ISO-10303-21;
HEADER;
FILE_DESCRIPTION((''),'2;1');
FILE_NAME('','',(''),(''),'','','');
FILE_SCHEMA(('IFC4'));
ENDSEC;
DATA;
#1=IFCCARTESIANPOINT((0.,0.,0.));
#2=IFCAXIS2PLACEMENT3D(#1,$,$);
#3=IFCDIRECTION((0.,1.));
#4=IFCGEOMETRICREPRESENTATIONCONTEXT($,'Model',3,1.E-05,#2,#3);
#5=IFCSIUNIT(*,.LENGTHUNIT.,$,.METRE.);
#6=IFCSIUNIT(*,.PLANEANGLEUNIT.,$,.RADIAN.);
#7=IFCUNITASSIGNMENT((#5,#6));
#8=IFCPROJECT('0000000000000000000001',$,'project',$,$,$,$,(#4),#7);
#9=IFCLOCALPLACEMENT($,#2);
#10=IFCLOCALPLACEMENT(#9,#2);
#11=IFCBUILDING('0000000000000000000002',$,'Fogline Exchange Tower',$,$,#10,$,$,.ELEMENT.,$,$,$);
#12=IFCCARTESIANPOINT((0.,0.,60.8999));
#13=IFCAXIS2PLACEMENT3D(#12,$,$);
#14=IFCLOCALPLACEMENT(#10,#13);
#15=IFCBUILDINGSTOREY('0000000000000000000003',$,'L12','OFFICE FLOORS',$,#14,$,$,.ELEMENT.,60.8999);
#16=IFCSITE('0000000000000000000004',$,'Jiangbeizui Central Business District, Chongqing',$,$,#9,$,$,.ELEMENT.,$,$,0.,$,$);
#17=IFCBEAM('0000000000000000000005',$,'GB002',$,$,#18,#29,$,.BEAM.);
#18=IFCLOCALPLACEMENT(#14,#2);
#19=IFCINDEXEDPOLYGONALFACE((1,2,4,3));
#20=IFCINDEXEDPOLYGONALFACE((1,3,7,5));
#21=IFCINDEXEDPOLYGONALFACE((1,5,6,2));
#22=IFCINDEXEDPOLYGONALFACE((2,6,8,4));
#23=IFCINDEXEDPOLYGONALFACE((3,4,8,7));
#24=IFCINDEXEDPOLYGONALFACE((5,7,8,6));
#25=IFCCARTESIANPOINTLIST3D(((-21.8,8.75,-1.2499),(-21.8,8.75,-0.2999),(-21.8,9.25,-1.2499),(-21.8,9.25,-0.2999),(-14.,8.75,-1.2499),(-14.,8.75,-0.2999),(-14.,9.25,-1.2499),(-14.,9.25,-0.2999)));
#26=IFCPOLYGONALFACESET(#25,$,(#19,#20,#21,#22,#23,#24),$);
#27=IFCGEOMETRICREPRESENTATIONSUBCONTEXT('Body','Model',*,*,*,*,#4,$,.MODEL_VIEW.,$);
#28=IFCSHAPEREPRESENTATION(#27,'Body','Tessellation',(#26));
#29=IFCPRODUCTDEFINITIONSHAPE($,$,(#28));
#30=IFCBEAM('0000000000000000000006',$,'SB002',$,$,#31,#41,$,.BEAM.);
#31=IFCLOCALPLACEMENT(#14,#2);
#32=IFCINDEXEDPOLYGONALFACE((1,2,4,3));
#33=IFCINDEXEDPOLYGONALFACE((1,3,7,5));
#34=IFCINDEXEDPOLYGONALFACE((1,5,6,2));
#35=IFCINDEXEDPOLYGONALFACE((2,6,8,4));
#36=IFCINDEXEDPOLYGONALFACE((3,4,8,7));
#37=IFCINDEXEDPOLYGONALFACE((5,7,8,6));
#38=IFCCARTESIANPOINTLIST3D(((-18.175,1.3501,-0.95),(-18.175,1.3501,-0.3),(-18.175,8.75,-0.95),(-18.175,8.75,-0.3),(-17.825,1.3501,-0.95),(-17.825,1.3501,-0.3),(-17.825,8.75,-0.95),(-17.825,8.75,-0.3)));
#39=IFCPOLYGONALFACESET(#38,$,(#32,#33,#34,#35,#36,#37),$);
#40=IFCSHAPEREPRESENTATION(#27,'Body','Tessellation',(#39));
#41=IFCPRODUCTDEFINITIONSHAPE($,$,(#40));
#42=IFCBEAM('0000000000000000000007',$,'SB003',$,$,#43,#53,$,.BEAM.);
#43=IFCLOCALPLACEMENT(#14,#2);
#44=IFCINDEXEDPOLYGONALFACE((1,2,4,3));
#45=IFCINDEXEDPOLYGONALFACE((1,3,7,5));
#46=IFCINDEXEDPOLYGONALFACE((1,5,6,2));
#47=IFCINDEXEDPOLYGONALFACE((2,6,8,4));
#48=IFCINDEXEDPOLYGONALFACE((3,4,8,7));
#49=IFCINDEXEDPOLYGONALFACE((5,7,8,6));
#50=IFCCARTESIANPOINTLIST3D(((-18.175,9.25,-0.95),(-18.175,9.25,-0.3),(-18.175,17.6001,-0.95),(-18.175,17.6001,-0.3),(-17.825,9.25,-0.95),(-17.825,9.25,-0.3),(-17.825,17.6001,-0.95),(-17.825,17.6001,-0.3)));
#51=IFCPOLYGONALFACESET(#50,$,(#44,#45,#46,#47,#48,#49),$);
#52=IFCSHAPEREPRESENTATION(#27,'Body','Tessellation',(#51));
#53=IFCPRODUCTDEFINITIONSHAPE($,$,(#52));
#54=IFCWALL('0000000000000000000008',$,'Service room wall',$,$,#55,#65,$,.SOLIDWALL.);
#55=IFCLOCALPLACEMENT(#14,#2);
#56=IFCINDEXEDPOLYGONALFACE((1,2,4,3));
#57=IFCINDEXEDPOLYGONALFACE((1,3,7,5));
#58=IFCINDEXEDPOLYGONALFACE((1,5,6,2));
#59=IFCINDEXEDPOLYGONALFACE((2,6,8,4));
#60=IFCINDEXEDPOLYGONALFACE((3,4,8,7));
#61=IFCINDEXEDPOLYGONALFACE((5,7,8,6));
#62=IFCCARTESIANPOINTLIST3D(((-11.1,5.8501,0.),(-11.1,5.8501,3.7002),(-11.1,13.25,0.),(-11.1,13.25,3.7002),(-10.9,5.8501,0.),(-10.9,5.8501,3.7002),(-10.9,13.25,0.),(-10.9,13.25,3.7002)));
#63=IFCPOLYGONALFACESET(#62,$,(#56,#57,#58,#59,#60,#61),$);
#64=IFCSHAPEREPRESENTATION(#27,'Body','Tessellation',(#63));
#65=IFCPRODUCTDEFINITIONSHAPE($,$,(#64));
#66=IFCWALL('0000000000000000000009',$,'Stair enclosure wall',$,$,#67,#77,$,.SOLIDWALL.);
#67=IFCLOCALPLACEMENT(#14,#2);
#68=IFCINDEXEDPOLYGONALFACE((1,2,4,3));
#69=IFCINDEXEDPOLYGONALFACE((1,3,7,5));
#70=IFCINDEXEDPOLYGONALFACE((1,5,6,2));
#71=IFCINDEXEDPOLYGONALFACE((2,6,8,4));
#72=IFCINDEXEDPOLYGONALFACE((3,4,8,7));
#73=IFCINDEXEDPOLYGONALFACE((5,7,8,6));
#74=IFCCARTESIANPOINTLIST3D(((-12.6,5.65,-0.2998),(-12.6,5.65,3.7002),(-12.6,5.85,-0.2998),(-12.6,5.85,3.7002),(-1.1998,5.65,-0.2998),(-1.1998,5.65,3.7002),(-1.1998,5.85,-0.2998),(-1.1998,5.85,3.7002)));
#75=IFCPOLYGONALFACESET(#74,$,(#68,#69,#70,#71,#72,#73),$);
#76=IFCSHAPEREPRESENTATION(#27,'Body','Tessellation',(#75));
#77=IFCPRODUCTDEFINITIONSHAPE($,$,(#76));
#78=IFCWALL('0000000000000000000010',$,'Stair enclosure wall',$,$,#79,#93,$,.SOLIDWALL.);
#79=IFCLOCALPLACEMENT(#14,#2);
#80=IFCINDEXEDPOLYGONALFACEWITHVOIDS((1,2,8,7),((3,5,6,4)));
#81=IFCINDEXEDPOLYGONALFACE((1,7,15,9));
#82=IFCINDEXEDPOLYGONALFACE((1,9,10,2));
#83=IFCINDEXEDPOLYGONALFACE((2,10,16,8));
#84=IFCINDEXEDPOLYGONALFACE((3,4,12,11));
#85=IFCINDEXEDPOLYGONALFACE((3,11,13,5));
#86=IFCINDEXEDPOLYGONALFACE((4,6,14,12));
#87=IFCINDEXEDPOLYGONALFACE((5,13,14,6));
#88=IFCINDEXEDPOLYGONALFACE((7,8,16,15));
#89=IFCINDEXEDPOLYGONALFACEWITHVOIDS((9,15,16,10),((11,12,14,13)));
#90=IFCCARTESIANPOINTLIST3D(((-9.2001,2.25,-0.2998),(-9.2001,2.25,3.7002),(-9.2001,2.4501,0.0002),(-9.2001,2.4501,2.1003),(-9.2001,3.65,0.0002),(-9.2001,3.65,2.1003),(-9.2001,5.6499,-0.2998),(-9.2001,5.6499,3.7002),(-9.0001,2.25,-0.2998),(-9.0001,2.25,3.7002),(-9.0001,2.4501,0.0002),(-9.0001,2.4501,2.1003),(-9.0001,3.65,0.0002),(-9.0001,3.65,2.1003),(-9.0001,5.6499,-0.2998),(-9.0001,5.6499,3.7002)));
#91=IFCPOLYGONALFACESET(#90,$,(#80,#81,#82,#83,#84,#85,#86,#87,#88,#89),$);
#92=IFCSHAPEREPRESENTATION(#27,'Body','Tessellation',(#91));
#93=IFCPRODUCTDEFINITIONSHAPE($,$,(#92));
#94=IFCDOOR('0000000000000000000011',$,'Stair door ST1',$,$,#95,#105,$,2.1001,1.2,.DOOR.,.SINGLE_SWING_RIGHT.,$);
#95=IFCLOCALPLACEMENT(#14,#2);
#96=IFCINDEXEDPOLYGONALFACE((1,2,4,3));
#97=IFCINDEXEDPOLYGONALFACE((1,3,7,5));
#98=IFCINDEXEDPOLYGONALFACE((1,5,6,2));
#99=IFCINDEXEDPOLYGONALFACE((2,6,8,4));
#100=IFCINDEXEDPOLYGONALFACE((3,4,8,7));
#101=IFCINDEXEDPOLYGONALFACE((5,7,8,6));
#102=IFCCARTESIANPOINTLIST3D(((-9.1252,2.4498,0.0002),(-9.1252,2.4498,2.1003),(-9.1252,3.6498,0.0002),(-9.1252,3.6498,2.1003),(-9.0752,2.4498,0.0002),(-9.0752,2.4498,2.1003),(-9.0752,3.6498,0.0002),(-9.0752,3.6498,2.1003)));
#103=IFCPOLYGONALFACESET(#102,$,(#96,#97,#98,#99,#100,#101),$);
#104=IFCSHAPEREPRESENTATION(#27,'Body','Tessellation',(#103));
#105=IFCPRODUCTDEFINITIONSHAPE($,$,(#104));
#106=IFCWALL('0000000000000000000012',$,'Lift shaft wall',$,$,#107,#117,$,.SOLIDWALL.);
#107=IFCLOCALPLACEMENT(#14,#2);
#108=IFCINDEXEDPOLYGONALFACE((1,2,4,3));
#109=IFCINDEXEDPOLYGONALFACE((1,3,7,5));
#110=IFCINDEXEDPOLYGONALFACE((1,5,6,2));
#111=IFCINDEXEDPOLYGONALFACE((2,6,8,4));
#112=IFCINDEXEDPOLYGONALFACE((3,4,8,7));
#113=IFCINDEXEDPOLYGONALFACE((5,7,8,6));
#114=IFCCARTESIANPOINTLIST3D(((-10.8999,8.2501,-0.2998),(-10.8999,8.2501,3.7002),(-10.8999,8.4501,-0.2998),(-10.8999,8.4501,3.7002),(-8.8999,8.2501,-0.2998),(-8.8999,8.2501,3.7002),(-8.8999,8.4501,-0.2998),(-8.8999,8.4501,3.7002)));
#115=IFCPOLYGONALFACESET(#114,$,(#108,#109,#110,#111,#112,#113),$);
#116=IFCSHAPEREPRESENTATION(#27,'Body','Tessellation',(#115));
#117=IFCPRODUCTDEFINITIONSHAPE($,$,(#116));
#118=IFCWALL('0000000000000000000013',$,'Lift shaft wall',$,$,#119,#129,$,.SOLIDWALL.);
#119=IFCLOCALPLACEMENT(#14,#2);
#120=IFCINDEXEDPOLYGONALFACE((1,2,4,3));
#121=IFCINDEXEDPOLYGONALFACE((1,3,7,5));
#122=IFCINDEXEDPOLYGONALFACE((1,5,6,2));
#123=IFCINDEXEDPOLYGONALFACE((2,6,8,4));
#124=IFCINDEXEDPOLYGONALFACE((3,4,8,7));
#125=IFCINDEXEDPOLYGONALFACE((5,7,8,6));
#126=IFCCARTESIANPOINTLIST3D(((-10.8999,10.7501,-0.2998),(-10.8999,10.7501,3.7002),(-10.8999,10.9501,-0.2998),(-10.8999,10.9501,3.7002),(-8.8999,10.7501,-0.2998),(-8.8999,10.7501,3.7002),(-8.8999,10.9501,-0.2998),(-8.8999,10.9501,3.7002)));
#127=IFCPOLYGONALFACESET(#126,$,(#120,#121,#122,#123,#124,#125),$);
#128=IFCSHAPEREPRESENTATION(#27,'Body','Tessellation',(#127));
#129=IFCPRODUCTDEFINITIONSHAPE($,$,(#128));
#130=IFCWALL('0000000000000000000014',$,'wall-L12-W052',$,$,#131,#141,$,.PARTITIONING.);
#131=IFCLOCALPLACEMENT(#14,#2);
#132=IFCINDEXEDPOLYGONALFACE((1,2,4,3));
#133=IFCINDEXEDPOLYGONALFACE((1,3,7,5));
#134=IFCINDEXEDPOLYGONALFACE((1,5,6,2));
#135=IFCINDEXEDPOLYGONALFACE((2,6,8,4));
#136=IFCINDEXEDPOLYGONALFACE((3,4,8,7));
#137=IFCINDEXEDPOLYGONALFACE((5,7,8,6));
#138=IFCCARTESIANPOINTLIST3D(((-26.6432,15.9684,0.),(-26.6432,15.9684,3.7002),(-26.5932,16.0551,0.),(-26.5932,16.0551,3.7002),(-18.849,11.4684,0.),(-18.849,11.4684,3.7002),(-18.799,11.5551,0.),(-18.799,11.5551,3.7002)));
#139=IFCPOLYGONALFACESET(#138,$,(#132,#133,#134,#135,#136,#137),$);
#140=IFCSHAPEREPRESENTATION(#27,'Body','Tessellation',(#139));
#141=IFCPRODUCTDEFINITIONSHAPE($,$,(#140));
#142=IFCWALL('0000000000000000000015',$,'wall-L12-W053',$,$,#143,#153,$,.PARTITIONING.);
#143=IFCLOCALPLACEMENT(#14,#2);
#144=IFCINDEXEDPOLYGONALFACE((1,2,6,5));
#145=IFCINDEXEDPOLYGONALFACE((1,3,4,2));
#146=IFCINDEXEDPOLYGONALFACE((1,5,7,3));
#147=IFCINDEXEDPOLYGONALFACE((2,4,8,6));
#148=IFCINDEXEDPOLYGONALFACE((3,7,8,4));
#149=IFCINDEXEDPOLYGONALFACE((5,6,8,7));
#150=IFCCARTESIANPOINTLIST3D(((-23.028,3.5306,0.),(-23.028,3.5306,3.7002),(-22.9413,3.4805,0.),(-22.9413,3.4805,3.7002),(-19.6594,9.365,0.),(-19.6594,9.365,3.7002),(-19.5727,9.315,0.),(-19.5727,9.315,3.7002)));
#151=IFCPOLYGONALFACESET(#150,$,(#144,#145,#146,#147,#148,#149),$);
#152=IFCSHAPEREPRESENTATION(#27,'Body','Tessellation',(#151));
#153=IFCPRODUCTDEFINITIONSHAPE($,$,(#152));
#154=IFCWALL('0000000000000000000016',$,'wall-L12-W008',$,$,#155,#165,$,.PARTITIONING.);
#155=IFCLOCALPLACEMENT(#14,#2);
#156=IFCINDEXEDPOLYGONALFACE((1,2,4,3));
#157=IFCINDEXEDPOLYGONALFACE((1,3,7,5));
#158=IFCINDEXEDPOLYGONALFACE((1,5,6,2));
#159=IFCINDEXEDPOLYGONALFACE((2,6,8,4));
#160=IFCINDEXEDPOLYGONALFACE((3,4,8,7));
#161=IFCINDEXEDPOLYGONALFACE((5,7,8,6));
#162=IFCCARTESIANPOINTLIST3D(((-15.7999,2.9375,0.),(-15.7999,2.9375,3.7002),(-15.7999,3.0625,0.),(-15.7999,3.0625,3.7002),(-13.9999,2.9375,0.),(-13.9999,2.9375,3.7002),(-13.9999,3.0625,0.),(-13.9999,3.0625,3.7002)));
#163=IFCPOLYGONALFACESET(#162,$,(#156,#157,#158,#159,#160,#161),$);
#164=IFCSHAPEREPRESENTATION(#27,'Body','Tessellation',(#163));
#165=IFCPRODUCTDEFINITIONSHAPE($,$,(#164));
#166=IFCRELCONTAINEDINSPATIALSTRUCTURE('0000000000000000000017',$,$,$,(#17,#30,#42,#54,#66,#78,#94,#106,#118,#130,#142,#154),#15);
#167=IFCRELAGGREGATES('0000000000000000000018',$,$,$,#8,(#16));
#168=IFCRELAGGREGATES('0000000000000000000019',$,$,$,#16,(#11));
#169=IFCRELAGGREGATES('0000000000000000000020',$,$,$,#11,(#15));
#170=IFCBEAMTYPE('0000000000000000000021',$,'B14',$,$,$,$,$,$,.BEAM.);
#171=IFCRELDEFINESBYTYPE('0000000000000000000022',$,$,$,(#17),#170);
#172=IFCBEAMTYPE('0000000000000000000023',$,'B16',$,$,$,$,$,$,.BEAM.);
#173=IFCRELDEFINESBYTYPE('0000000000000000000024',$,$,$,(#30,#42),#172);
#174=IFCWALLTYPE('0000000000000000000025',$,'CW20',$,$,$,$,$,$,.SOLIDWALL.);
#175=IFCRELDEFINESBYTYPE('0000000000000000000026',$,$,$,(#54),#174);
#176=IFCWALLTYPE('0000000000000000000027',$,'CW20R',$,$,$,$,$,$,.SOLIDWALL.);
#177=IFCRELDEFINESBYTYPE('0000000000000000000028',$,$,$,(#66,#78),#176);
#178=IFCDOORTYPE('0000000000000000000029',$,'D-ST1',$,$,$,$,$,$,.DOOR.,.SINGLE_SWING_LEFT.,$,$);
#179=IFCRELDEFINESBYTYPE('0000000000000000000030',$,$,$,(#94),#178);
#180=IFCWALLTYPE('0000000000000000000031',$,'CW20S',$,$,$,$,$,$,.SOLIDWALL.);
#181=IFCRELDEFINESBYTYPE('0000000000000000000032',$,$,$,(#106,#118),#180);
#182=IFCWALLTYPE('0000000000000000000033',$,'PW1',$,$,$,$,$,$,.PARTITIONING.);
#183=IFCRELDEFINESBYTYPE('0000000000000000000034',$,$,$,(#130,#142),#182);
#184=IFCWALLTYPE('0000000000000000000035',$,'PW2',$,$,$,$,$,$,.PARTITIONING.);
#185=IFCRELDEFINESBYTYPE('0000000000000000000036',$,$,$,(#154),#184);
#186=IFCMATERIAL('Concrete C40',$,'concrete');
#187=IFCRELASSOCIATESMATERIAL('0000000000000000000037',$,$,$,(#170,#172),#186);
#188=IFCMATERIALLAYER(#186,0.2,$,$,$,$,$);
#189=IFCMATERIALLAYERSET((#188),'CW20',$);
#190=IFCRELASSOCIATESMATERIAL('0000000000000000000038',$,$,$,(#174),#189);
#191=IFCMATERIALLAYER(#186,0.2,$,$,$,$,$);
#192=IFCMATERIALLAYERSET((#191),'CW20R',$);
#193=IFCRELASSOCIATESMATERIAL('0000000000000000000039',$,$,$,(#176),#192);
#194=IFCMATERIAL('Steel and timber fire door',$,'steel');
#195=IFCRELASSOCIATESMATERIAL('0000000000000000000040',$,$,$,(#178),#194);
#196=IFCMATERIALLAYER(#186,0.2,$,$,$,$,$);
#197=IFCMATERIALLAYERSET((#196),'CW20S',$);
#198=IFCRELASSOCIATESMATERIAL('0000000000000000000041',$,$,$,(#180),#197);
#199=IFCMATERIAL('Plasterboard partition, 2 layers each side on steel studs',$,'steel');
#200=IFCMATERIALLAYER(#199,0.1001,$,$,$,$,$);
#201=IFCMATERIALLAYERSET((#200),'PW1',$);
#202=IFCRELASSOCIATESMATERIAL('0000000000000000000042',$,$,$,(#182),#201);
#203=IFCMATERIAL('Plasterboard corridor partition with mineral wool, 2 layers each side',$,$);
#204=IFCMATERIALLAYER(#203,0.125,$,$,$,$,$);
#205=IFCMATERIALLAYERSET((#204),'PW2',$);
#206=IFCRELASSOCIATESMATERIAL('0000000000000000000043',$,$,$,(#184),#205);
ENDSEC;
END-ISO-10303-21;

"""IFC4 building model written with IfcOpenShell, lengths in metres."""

from ifc_helpers import new_model, si_unit, direction, frame, frame_2d, origin, origin_2d, place, context, subcontext, project, spatial, rectangle, extrude, material, layer, layer_set, material_profile, profile_set, type_object, element, fill, save


model = new_model("IFC4")

# Units and contexts
model_context = context("Model", 3, precision=1e-05, world=origin(), true_north=direction((0.0, 1.0)))
body_context = subcontext(model_context, "Body", "Model", "MODEL_VIEW")
ifc_project = project(units=[si_unit("LENGTHUNIT", "METRE"), si_unit("PLANEANGLEUNIT", "RADIAN")], contexts=[model_context])

# Site, building, storey
site_placement = place(None, origin())
site = spatial("IfcSite", under=ifc_project, at=site_placement, Name="Jiangbeizui Central Business District, Chongqing", CompositionType="ELEMENT", RefElevation=0.0)
building_placement = place(site_placement, origin())
building = spatial("IfcBuilding", under=site, at=building_placement, Name="Fogline Exchange Tower", CompositionType="ELEMENT")
storey_placement = place(building_placement, frame((0.0, 0.0, 60.8999)))
storey = spatial("IfcBuildingStorey", under=building, at=storey_placement, Name="L12", Description="OFFICE FLOORS", CompositionType="ELEMENT", Elevation=60.8999)

# Beams
ifc_material_1 = material(Name="Concrete C40", Category="concrete")
ifc_material_profile_1 = material_profile(ifc_material_1, rectangle(XDim=0.5, YDim=0.95, at=origin_2d()), Name="RC 500x950")
ifc_profile_set_1 = profile_set([ifc_material_profile_1], Name="Concrete C40")
beam_type_1 = type_object("IfcBeamType", Name="B14", PredefinedType="BEAM", material=ifc_profile_set_1)
beam_1_placement = place(storey_placement, frame((-21.8, 9.0, -0.7749), z_axis=(1.0, 0.0, 0.0), x_axis=(0.0, 1.0, 0.0)))
element("IfcBeam", 1, at=beam_1_placement, inside=storey, type_object=beam_type_1, Name="GB002", PredefinedType="BEAM", context=body_context, shape_type="SweptSolid", body=[
    extrude(rectangle(XDim=0.5, YDim=0.95, at=origin_2d()), origin(), (0.0, 0.0, 1.0), 7.8),
])
ifc_material_profile_2 = material_profile(ifc_material_1, rectangle(XDim=0.3501, YDim=0.6499, at=origin_2d()), Name="RC 350x650")
ifc_profile_set_2 = profile_set([ifc_material_profile_2], Name="Concrete C40")
beam_type_2 = type_object("IfcBeamType", Name="B16", PredefinedType="BEAM", material=ifc_profile_set_2)
beam_2_placement = place(storey_placement, frame((-18.0, 1.3501, -0.625), z_axis=(0.0, 1.0, 0.0), x_axis=(-1.0, 0.0, 0.0)))
element("IfcBeam", 2, at=beam_2_placement, inside=storey, type_object=beam_type_2, Name="SB002", PredefinedType="BEAM", context=body_context, shape_type="SweptSolid", body=[
    extrude(rectangle(XDim=0.3501, YDim=0.6499, at=origin_2d()), origin(), (0.0, 0.0, 1.0), 7.3999),
])
beam_3_placement = place(storey_placement, frame((-18.0, 9.25, -0.625), z_axis=(0.0, 1.0, 0.0), x_axis=(-1.0, 0.0, 0.0)))
element("IfcBeam", 3, at=beam_3_placement, inside=storey, type_object=beam_type_2, Name="SB003", PredefinedType="BEAM", context=body_context, shape_type="SweptSolid", body=[
    extrude(rectangle(XDim=0.3501, YDim=0.6499, at=origin_2d()), origin(), (0.0, 0.0, 1.0), 8.3501),
])

# Walls
ifc_layer_1 = layer(ifc_material_1, 0.2)
ifc_layer_set_1 = layer_set([ifc_layer_1], Name="CW20")
wall_type_1 = type_object("IfcWallType", Name="CW20", PredefinedType="SOLIDWALL", material=ifc_layer_set_1)
wall_1_placement = place(storey_placement, frame((-11.0, 5.8501, 0.0), z_axis=(0.0, 0.0, 1.0), x_axis=(0.0, 1.0, 0.0)))
element("IfcWall", 4, at=wall_1_placement, inside=storey, type_object=wall_type_1, Name="Service room wall", PredefinedType="SOLIDWALL", context=body_context, shape_type="SweptSolid", body=[
    extrude(rectangle(XDim=7.3999, YDim=0.2, at=frame_2d((3.7, 0.0))), origin(), (0.0, 0.0, 1.0), 3.7002),
])
ifc_layer_2 = layer(ifc_material_1, 0.2)
ifc_layer_set_2 = layer_set([ifc_layer_2], Name="CW20R")
wall_type_2 = type_object("IfcWallType", Name="CW20R", PredefinedType="SOLIDWALL", material=ifc_layer_set_2)
wall_2_placement = place(storey_placement, frame((-12.6001, 5.75, -0.2998), z_axis=(0.0, 0.0, 1.0), x_axis=(1.0, 0.0, 0.0)))
element("IfcWall", 5, at=wall_2_placement, inside=storey, type_object=wall_type_2, Name="Stair enclosure wall", PredefinedType="SOLIDWALL", context=body_context, shape_type="SweptSolid", body=[
    extrude(rectangle(XDim=11.4001, YDim=0.2, at=frame_2d((5.7002, 0.0))), origin(), (0.0, 0.0, 1.0), 4.0),
])

# Wall, opening, door
wall_3_placement = place(storey_placement, frame((-9.1001, 2.25, -0.2998), z_axis=(0.0, 0.0, 1.0), x_axis=(0.0, 1.0, 0.0)))
wall_3 = element("IfcWall", 6, at=wall_3_placement, inside=storey, type_object=wall_type_2, Name="Stair enclosure wall", PredefinedType="SOLIDWALL", context=body_context, shape_type="SweptSolid", body=[
    extrude(rectangle(XDim=3.3999, YDim=0.2, at=frame_2d((1.7, 0.0))), origin(), (0.0, 0.0, 1.0), 4.0),
])
opening_1_placement = place(wall_3_placement, frame((0.2, 0.0, 0.3)))
opening_1 = element("IfcOpeningElement", 7, at=opening_1_placement, cuts=wall_3, PredefinedType="OPENING", context=body_context, shape_type="SweptSolid", body=[
    extrude(rectangle(XDim=1.2, YDim=2.1001, at=frame_2d((0.6001, 1.05))), frame((0.0, 0.1099, 0.0), z_axis=(0.0, -1.0, 0.0), x_axis=(1.0, 0.0, 0.0)), (0.0, 0.0, 1.0), 0.22),
])
ifc_material_2 = material(Name="Steel and timber fire door", Category="steel")
door_type_1 = type_object("IfcDoorType", Name="D-ST1", OperationType="SINGLE_SWING_LEFT", PredefinedType="DOOR", material=ifc_material_2)
door_1_placement = place(opening_1_placement, frame((1.2, 0.0, 0.0), z_axis=(0.0, 0.0, 1.0), x_axis=(-1.0, 0.0, 0.0)))
door_1 = element("IfcDoor", 8, at=door_1_placement, inside=storey, type_object=door_type_1, Name="Stair door ST1", OperationType="SINGLE_SWING_RIGHT", OverallHeight=2.1001, OverallWidth=1.2, PredefinedType="DOOR", context=body_context, shape_type="SweptSolid", body=[
    extrude(rectangle(XDim=1.2, YDim=2.1001, at=frame_2d((0.6001, 1.05))), frame((0.0, 0.0249, 0.0), z_axis=(0.0, -1.0, 0.0), x_axis=(1.0, 0.0, 0.0)), (0.0, 0.0, 1.0), 0.05),
])
fill(opening_1, door_1)

# Walls
ifc_layer_3 = layer(ifc_material_1, 0.2)
ifc_layer_set_3 = layer_set([ifc_layer_3], Name="CW20S")
wall_type_3 = type_object("IfcWallType", Name="CW20S", PredefinedType="SOLIDWALL", material=ifc_layer_set_3)
for number, where, z_axis, x_axis, name in (
    (9, (-10.8999, 8.3501, -0.2998), (0.0, 0.0, 1.0), (1.0, 0.0, 0.0), "Lift shaft wall"),
    (10, (-10.8999, 10.8501, -0.2998), (0.0, 0.0, 1.0), (1.0, 0.0, 0.0), "Lift shaft wall"),
):
    element("IfcWall", number, at=place(storey_placement, frame(where, z_axis=z_axis, x_axis=x_axis)), inside=storey, type_object=wall_type_3, Name=name, PredefinedType="SOLIDWALL", context=body_context, shape_type="SweptSolid", body=[
        extrude(rectangle(XDim=2.0, YDim=0.2, at=frame_2d((1.0, 0.0))), origin(), (0.0, 0.0, 1.0), 4.0),
    ])
ifc_material_3 = material(Name="Plasterboard partition, 2 layers each side on steel studs", Category="steel")
ifc_layer_4 = layer(ifc_material_3, 0.1001)
ifc_layer_set_4 = layer_set([ifc_layer_4], Name="PW1")
wall_type_4 = type_object("IfcWallType", Name="PW1", PredefinedType="PARTITIONING", material=ifc_layer_set_4)
wall_4_placement = place(storey_placement, frame((-18.824, 11.5117, 0.0), z_axis=(0.0, 0.0, 1.0), x_axis=(-0.866024, 0.500002, 0.0)))
element("IfcWall", 11, at=wall_4_placement, inside=storey, type_object=wall_type_4, Name="wall-L12-W052", PredefinedType="PARTITIONING", context=body_context, shape_type="SweptSolid", body=[
    extrude(rectangle(XDim=9.0, YDim=0.1001, at=frame_2d((4.5, 0.0))), origin(), (0.0, 0.0, 1.0), 3.7002),
])
wall_5_placement = place(storey_placement, frame((-19.616, 9.3401, 0.0), z_axis=(0.0, 0.0, 1.0), x_axis=(-0.500013, -0.866018, 0.0)))
element("IfcWall", 12, at=wall_5_placement, inside=storey, type_object=wall_type_4, Name="wall-L12-W053", PredefinedType="PARTITIONING", context=body_context, shape_type="SweptSolid", body=[
    extrude(rectangle(XDim=6.7371, YDim=0.1001, at=frame_2d((3.3687, 0.0))), origin(), (0.0, 0.0, 1.0), 3.7002),
])
ifc_material_4 = material(Name="Plasterboard corridor partition with mineral wool, 2 layers each side")
ifc_layer_5 = layer(ifc_material_4, 0.125)
ifc_layer_set_5 = layer_set([ifc_layer_5], Name="PW2")
wall_type_5 = type_object("IfcWallType", Name="PW2", PredefinedType="PARTITIONING", material=ifc_layer_set_5)
wall_6_placement = place(storey_placement, frame((-14.0, 3.0, 0.0), z_axis=(0.0, 0.0, 1.0), x_axis=(-1.0, 0.0, 0.0)))
element("IfcWall", 13, at=wall_6_placement, inside=storey, type_object=wall_type_5, Name="wall-L12-W008", PredefinedType="PARTITIONING", context=body_context, shape_type="SweptSolid", body=[
    extrude(rectangle(XDim=1.8, YDim=0.125, at=frame_2d((0.8999, 0.0))), origin(), (0.0, 0.0, 1.0), 3.7002),
])

save(model, "model.ifc")
